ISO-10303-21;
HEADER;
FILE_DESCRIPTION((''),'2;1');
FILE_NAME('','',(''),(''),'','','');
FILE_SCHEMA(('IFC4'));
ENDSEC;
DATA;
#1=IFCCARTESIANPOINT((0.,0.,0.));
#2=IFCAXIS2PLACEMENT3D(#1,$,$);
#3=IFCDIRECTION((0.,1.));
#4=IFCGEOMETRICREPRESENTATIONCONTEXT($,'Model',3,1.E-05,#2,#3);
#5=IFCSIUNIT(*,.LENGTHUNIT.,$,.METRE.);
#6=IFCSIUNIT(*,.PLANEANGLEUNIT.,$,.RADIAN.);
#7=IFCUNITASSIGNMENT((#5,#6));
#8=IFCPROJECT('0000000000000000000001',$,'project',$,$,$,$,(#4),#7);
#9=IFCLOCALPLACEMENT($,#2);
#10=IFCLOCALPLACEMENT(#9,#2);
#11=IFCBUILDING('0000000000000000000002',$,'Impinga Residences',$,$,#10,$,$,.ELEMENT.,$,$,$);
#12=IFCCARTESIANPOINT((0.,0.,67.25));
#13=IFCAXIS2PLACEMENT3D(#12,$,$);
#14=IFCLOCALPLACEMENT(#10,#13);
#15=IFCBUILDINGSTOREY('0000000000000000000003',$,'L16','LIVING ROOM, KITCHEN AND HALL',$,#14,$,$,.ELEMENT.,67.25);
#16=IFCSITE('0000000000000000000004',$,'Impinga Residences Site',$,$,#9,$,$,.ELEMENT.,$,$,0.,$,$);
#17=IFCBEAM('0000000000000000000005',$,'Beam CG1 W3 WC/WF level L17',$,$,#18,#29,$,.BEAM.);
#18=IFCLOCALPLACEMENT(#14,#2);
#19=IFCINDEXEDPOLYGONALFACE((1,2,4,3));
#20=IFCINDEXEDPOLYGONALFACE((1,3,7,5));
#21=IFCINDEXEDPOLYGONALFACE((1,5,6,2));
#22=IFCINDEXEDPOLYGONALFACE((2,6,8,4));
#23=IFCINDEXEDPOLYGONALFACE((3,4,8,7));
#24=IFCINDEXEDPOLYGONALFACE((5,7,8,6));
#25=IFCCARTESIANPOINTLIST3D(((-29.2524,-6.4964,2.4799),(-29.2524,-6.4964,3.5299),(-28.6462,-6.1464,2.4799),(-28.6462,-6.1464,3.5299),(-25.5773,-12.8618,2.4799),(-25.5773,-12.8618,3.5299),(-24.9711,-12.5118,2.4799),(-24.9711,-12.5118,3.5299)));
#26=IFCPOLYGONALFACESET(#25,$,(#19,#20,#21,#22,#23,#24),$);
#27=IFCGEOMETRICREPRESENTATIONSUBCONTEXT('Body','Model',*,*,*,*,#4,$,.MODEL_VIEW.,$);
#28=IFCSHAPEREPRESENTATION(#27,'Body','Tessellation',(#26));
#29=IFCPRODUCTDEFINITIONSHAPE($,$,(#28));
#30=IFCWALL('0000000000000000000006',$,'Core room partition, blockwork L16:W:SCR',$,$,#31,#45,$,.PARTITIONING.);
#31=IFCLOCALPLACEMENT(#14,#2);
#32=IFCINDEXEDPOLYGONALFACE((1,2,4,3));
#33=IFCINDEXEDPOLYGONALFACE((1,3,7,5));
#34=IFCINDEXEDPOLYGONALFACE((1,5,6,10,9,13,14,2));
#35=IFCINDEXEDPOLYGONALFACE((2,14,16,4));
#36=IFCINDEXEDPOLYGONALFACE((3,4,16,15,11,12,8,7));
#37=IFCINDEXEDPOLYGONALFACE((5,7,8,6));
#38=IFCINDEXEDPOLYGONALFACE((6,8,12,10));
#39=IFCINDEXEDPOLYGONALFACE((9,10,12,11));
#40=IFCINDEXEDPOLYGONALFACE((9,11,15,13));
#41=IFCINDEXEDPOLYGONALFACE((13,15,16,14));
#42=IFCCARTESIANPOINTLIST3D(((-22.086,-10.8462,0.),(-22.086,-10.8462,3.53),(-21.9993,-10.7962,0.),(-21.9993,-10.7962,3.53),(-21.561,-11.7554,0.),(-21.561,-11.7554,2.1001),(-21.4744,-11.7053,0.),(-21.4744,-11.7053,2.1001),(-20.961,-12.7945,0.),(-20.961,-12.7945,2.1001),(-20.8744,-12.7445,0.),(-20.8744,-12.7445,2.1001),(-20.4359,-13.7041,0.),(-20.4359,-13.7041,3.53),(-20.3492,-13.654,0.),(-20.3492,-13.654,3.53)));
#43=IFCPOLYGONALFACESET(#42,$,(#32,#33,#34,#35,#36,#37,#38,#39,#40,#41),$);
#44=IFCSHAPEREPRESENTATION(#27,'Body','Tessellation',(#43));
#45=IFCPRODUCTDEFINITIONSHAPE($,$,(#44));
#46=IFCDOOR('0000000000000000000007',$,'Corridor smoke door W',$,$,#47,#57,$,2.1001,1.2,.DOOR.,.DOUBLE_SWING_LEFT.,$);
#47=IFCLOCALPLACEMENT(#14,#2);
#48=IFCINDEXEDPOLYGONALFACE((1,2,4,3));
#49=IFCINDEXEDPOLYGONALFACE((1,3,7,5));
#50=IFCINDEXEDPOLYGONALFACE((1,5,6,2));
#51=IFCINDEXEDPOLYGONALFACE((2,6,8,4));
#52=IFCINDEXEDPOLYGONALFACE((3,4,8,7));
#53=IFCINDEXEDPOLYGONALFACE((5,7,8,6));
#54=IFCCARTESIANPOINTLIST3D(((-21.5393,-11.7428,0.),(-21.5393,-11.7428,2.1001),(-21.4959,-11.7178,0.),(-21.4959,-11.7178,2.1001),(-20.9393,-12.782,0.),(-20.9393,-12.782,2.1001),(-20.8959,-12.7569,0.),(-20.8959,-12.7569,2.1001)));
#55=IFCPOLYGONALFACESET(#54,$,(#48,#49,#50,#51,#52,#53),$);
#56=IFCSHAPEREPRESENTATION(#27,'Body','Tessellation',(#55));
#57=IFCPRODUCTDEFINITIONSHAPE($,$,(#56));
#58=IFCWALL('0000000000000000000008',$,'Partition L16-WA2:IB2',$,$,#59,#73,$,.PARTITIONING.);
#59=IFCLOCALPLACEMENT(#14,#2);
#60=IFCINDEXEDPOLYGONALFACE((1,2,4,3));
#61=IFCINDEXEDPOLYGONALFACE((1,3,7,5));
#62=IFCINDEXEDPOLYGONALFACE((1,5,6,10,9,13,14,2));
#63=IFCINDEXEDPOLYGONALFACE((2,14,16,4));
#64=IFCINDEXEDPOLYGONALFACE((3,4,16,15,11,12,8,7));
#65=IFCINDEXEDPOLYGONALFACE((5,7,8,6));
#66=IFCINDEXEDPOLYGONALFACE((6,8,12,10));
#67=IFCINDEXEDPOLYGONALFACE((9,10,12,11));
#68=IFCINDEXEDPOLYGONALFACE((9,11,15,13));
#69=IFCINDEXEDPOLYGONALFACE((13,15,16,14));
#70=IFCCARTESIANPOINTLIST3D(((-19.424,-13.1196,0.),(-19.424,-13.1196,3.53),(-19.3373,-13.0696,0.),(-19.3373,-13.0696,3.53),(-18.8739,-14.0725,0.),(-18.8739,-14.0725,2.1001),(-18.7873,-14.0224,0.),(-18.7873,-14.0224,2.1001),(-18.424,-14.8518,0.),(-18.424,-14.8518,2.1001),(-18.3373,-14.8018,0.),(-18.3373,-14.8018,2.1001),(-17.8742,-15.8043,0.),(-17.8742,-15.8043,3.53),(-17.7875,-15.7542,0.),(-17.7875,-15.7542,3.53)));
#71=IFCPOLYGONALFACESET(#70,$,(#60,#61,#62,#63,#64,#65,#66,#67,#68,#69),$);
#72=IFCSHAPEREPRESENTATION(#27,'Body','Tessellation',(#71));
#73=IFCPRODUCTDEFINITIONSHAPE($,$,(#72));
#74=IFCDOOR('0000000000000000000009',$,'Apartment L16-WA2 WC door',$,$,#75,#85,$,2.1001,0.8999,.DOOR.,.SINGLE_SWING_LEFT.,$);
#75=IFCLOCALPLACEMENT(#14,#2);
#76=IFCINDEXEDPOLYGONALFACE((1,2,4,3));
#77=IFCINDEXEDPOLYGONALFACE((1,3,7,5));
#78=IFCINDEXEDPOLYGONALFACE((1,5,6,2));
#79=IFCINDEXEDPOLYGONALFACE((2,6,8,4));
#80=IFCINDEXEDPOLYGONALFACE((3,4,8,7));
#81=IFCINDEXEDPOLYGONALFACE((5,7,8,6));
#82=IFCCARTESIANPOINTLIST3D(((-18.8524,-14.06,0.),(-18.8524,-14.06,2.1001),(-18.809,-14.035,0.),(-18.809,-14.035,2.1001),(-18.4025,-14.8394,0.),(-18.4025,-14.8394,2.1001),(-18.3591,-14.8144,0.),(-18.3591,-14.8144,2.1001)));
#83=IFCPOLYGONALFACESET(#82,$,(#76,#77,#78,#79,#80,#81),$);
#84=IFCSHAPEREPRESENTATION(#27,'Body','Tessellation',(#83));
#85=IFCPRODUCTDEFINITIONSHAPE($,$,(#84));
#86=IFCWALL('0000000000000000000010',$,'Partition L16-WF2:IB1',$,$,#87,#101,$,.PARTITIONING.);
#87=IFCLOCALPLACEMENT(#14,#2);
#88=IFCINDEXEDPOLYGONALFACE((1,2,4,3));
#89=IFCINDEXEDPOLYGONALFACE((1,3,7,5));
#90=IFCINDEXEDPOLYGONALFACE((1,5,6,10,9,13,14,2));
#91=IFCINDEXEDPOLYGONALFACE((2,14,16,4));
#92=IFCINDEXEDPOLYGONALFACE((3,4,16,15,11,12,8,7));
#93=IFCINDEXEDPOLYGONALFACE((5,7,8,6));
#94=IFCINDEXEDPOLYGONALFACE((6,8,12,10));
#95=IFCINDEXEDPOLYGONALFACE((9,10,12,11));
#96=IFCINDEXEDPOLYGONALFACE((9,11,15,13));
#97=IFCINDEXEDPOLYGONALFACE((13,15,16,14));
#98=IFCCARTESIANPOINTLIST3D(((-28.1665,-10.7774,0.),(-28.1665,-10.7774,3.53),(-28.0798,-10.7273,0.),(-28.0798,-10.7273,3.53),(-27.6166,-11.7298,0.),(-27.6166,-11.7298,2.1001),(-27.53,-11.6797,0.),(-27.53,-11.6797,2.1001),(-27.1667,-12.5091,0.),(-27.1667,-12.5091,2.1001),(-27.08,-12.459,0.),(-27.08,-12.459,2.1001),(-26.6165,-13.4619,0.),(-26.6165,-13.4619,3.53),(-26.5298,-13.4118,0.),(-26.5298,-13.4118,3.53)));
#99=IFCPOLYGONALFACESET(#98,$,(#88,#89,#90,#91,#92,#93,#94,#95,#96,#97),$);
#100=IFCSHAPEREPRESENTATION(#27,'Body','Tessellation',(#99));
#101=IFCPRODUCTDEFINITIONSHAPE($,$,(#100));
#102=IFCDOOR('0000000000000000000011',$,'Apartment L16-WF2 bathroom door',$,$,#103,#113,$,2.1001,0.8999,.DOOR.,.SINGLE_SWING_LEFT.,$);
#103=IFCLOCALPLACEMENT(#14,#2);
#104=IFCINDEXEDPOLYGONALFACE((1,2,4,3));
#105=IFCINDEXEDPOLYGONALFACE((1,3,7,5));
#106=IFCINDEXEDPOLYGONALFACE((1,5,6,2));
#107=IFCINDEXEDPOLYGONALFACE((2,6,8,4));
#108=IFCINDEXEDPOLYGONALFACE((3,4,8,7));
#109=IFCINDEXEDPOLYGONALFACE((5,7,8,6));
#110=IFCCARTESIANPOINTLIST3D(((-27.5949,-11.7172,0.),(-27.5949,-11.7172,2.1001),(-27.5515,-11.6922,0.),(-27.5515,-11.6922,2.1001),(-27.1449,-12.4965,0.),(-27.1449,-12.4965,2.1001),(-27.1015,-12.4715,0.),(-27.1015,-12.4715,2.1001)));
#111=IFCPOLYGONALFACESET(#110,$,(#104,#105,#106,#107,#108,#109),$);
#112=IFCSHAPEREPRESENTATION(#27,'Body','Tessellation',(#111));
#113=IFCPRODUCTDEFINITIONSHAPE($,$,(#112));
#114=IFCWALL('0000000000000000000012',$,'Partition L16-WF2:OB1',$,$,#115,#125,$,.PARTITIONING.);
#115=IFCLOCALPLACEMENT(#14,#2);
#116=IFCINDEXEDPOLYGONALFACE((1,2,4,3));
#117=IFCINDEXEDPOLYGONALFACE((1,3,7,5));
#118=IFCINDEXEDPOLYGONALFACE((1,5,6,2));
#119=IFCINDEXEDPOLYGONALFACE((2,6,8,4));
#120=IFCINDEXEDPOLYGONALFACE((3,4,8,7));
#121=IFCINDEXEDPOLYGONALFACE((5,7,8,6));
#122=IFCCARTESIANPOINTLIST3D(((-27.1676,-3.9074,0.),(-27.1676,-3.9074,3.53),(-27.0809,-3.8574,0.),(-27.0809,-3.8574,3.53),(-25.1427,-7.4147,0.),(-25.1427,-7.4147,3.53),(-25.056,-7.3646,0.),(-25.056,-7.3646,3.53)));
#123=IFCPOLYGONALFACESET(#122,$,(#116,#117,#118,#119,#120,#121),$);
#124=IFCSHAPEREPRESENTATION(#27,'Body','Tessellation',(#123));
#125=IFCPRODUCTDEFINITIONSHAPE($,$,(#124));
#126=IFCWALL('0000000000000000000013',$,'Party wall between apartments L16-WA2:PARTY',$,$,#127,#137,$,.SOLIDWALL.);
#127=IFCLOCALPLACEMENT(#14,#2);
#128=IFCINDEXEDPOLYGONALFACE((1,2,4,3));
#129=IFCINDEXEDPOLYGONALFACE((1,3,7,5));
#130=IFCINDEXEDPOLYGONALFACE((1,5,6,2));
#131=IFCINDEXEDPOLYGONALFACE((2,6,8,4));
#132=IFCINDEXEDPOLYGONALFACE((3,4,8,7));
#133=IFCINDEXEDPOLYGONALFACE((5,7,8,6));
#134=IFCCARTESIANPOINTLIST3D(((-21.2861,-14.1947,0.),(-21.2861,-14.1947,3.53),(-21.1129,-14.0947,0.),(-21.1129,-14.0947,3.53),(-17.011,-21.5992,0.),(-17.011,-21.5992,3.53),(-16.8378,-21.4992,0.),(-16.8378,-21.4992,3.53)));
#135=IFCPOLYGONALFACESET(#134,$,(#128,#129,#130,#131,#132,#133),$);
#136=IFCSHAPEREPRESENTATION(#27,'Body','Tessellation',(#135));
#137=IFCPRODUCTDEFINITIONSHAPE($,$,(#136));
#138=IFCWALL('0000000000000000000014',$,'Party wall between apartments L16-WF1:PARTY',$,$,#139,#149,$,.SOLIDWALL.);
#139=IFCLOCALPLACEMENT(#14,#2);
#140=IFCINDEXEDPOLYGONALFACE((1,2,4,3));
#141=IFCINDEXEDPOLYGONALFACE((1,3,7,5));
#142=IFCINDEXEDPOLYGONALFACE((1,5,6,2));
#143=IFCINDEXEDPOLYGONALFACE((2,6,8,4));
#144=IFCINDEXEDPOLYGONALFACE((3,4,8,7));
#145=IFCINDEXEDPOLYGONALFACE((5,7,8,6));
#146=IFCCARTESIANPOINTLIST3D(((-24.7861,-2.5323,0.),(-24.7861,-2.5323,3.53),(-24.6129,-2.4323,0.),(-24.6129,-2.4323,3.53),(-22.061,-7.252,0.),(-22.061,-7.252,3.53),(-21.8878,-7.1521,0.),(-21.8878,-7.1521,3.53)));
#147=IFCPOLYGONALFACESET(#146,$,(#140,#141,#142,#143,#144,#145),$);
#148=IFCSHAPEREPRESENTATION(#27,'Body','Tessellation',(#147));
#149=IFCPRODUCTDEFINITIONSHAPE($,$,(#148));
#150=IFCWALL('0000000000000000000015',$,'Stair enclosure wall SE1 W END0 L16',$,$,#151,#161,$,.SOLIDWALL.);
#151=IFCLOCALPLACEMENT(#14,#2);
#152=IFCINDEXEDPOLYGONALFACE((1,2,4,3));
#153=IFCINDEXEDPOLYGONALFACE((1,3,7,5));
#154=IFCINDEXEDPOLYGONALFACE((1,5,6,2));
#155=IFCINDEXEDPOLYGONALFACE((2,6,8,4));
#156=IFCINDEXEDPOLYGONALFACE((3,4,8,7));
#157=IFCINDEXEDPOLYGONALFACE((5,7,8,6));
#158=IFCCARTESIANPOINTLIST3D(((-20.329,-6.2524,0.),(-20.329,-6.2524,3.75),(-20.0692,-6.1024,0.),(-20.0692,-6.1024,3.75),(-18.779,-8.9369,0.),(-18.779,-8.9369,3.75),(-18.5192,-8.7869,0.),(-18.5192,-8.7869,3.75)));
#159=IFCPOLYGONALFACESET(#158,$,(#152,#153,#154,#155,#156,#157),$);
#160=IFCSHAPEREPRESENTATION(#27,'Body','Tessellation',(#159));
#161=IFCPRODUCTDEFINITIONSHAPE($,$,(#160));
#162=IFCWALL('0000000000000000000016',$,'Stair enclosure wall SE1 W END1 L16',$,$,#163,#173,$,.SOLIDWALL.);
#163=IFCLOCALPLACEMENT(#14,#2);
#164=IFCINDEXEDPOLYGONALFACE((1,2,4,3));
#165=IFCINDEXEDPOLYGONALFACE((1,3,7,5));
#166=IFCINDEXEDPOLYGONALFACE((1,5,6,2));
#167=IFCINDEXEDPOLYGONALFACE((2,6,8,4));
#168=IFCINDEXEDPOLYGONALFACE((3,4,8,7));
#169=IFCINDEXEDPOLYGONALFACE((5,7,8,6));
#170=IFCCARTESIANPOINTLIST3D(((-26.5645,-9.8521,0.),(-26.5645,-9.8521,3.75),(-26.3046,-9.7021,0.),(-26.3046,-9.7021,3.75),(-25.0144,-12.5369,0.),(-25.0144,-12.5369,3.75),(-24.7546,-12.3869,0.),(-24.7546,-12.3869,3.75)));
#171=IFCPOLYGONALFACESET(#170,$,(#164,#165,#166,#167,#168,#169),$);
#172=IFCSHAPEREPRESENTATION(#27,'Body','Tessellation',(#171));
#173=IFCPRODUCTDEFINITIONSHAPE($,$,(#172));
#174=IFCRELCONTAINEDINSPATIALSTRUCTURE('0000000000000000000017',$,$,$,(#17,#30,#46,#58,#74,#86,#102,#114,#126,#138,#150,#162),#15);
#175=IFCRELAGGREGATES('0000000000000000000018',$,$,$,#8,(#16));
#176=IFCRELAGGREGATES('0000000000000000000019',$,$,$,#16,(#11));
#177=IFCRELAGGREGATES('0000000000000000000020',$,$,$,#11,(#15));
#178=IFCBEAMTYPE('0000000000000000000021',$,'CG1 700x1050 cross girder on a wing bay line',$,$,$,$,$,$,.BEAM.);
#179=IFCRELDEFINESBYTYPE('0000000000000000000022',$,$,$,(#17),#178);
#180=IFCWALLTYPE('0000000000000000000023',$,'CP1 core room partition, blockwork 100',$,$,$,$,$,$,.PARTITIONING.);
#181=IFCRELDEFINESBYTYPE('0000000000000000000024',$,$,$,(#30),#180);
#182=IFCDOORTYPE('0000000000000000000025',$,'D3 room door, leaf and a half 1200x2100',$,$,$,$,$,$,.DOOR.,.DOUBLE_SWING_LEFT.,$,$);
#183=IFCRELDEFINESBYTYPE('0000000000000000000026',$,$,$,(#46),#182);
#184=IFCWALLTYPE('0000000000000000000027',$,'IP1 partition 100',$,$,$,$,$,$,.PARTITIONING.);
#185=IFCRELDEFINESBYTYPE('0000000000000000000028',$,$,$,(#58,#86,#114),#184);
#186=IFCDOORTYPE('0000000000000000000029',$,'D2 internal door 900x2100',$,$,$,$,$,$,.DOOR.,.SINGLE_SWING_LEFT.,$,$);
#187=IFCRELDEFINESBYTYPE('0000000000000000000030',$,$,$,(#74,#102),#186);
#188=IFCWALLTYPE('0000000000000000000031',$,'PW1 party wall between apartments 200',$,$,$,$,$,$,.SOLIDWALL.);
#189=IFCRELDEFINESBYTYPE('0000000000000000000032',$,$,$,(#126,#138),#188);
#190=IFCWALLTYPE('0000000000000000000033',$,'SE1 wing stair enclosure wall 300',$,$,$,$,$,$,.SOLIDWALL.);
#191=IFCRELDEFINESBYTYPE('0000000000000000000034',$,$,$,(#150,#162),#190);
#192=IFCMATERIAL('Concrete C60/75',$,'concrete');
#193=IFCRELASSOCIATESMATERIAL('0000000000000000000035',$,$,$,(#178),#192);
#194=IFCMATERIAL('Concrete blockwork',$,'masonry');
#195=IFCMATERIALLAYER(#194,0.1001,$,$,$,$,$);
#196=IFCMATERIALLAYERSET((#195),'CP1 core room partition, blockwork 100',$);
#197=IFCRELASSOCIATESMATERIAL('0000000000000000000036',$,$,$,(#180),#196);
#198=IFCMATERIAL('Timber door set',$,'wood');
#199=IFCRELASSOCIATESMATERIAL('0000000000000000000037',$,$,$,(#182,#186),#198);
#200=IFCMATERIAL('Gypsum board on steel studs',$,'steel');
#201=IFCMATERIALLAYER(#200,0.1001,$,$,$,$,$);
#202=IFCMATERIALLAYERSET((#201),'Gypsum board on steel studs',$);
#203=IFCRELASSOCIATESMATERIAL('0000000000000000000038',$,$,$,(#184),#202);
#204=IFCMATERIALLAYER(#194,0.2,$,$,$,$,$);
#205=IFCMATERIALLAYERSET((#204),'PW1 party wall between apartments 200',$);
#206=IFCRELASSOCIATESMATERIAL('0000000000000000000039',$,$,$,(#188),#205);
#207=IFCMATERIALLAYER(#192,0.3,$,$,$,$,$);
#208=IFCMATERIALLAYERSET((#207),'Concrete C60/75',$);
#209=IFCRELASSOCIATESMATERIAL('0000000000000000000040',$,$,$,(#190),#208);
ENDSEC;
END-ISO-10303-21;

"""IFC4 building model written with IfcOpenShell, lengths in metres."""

from ifc_helpers import new_model, si_unit, direction, frame, frame_2d, origin, origin_2d, place, context, subcontext, project, spatial, rectangle, extrude, material, layer, layer_set, material_profile, profile_set, type_object, element, fill, save


model = new_model("IFC4")

# Units and contexts
model_context = context("Model", 3, precision=1e-05, world=origin(), true_north=direction((0.0, 1.0)))
body_context = subcontext(model_context, "Body", "Model", "MODEL_VIEW")
ifc_project = project(units=[si_unit("LENGTHUNIT", "METRE"), si_unit("PLANEANGLEUNIT", "RADIAN")], contexts=[model_context])

# Site, building, storey
site_placement = place(None, origin())
site = spatial("IfcSite", under=ifc_project, at=site_placement, Name="Impinga Residences Site", CompositionType="ELEMENT", RefElevation=0.0)
building_placement = place(site_placement, origin())
building = spatial("IfcBuilding", under=site, at=building_placement, Name="Impinga Residences", CompositionType="ELEMENT")
storey_placement = place(building_placement, frame((0.0, 0.0, 67.25)))
storey = spatial("IfcBuildingStorey", under=building, at=storey_placement, Name="L16", Description="LIVING ROOM, KITCHEN AND HALL", CompositionType="ELEMENT", Elevation=67.25)

# Beam
ifc_material_1 = material(Name="Concrete C60/75", Category="concrete")
ifc_material_profile = material_profile(ifc_material_1, rectangle(XDim=0.7, YDim=1.05, at=origin_2d()), Name="RC 700x1050")
ifc_profile_set = profile_set([ifc_material_profile], Name="Concrete C60/75")
beam_type = type_object("IfcBeamType", Name="CG1 700x1050 cross girder on a wing bay line", PredefinedType="BEAM", material=ifc_profile_set)
beam_placement = place(storey_placement, frame((-25.2742, -12.6868, 3.0049), z_axis=(-0.500008, 0.866021, 0.0), x_axis=(-0.866021, -0.500008, 0.0)))
element("IfcBeam", 1, at=beam_placement, inside=storey, type_object=beam_type, Name="Beam CG1 W3 WC/WF level L17", PredefinedType="BEAM", context=body_context, shape_type="SweptSolid", body=[
    extrude(rectangle(XDim=0.7, YDim=1.05, at=origin_2d()), origin(), (0.0, 0.0, 1.0), 7.3501),
])

# Walls, openings, doors
ifc_material_2 = material(Name="Concrete blockwork", Category="masonry")
ifc_layer_1 = layer(ifc_material_2, 0.1001)
ifc_layer_set_1 = layer_set([ifc_layer_1], Name="CP1 core room partition, blockwork 100")
wall_type_1 = type_object("IfcWallType", Name="CP1 core room partition, blockwork 100", PredefinedType="PARTITIONING", material=ifc_layer_set_1)
wall_1_placement = place(storey_placement, frame((-20.3926, -13.679, 0.0), z_axis=(0.0, 0.0, 1.0), x_axis=(-0.50003, 0.866008, 0.0)))
wall_1 = element("IfcWall", 2, at=wall_1_placement, inside=storey, type_object=wall_type_1, Name="Core room partition, blockwork L16:W:SCR", PredefinedType="PARTITIONING", context=body_context, shape_type="SweptSolid", body=[
    extrude(rectangle(XDim=3.3, YDim=0.1001, at=frame_2d((1.6499, 0.0))), origin(), (0.0, 0.0, 1.0), 3.53),
])
opening_1_placement = place(wall_1_placement, frame((1.05, 0.0, 0.0)))
opening_1 = element("IfcOpeningElement", 3, at=opening_1_placement, cuts=wall_1, PredefinedType="OPENING", context=body_context, shape_type="SweptSolid", body=[
    extrude(rectangle(XDim=1.2, YDim=2.1001, at=frame_2d((0.6001, 1.05))), frame((0.0, 0.0601, 0.0), z_axis=(0.0, -1.0, 0.0), x_axis=(1.0, 0.0, 0.0)), (0.0, 0.0, 1.0), 0.1201),
])
ifc_material_3 = material(Name="Timber door set", Category="wood")
door_type_1 = type_object("IfcDoorType", Name="D3 room door, leaf and a half 1200x2100", OperationType="DOUBLE_SWING_LEFT", PredefinedType="DOOR", material=ifc_material_3)
door_1_placement = place(opening_1_placement, origin())
door_1 = element("IfcDoor", 4, at=door_1_placement, inside=storey, type_object=door_type_1, Name="Corridor smoke door W", OperationType="DOUBLE_SWING_LEFT", OverallHeight=2.1001, OverallWidth=1.2, PredefinedType="DOOR", context=body_context, shape_type="SweptSolid", body=[
    extrude(rectangle(XDim=1.2, YDim=2.1001, at=frame_2d((0.6001, 1.05))), frame((0.0, 0.0249, 0.0), z_axis=(0.0, -1.0, 0.0), x_axis=(1.0, 0.0, 0.0)), (0.0, 0.0, 1.0), 0.05),
])
fill(opening_1, door_1)
ifc_material_4 = material(Name="Gypsum board on steel studs", Category="steel")
ifc_layer_2 = layer(ifc_material_4, 0.1001)
ifc_layer_set_2 = layer_set([ifc_layer_2], Name="Gypsum board on steel studs")
wall_type_2 = type_object("IfcWallType", Name="IP1 partition 100", PredefinedType="PARTITIONING", material=ifc_layer_set_2)
wall_2_placement = place(storey_placement, frame((-19.3806, -13.0947, 0.0), z_axis=(0.0, 0.0, 1.0), x_axis=(0.499968, -0.866044, 0.0)))
wall_2 = element("IfcWall", 5, at=wall_2_placement, inside=storey, type_object=wall_type_2, Name="Partition L16-WA2:IB2", PredefinedType="PARTITIONING", context=body_context, shape_type="SweptSolid", body=[
    extrude(rectangle(XDim=3.0999, YDim=0.1001, at=frame_2d((1.5498, 0.0))), origin(), (0.0, 0.0, 1.0), 3.53),
])
opening_2_placement = place(wall_2_placement, frame((1.1001, 0.0, 0.0)))
opening_2 = element("IfcOpeningElement", 6, at=opening_2_placement, cuts=wall_2, PredefinedType="OPENING", context=body_context, shape_type="SweptSolid", body=[
    extrude(rectangle(XDim=0.8999, YDim=2.1001, at=frame_2d((0.45, 1.05))), frame((0.0, 0.0601, 0.0), z_axis=(0.0, -1.0, 0.0), x_axis=(1.0, 0.0, 0.0)), (0.0, 0.0, 1.0), 0.1201),
])
door_type_2 = type_object("IfcDoorType", Name="D2 internal door 900x2100", OperationType="SINGLE_SWING_LEFT", PredefinedType="DOOR", material=ifc_material_3)
door_2_placement = place(opening_2_placement, origin())
door_2 = element("IfcDoor", 7, at=door_2_placement, inside=storey, type_object=door_type_2, Name="Apartment L16-WA2 WC door", OperationType="SINGLE_SWING_LEFT", OverallHeight=2.1001, OverallWidth=0.8999, PredefinedType="DOOR", context=body_context, shape_type="SweptSolid", body=[
    extrude(rectangle(XDim=0.8999, YDim=2.1001, at=frame_2d((0.45, 1.05))), frame((0.0, 0.0249, 0.0), z_axis=(0.0, -1.0, 0.0), x_axis=(1.0, 0.0, 0.0)), (0.0, 0.0, 1.0), 0.05),
])
fill(opening_2, door_2)
wall_3_placement = place(storey_placement, frame((-26.5732, -13.4368, 0.0), z_axis=(0.0, 0.0, 1.0), x_axis=(-0.500027, 0.86601, 0.0)))
wall_3 = element("IfcWall", 8, at=wall_3_placement, inside=storey, type_object=wall_type_2, Name="Partition L16-WF2:IB1", PredefinedType="PARTITIONING", context=body_context, shape_type="SweptSolid", body=[
    extrude(rectangle(XDim=3.0999, YDim=0.1001, at=frame_2d((1.5498, 0.0))), origin(), (0.0, 0.0, 1.0), 3.53),
])
opening_3_placement = place(wall_3_placement, frame((1.1001, 0.0, 0.0)))
opening_3 = element("IfcOpeningElement", 9, at=opening_3_placement, cuts=wall_3, PredefinedType="OPENING", context=body_context, shape_type="SweptSolid", body=[
    extrude(rectangle(XDim=0.8999, YDim=2.1001, at=frame_2d((0.45, 1.05))), frame((0.0, 0.0601, 0.0), z_axis=(0.0, -1.0, 0.0), x_axis=(1.0, 0.0, 0.0)), (0.0, 0.0, 1.0), 0.1201),
])
door_3_placement = place(opening_3_placement, origin())
door_3 = element("IfcDoor", 10, at=door_3_placement, inside=storey, type_object=door_type_2, Name="Apartment L16-WF2 bathroom door", OperationType="SINGLE_SWING_LEFT", OverallHeight=2.1001, OverallWidth=0.8999, PredefinedType="DOOR", context=body_context, shape_type="SweptSolid", body=[
    extrude(rectangle(XDim=0.8999, YDim=2.1001, at=frame_2d((0.45, 1.05))), frame((0.0, 0.0249, 0.0), z_axis=(0.0, -1.0, 0.0), x_axis=(1.0, 0.0, 0.0)), (0.0, 0.0, 1.0), 0.05),
])
fill(opening_3, door_3)

# Walls
wall_4_placement = place(storey_placement, frame((-25.0994, -7.3896, 0.0), z_axis=(0.0, 0.0, 1.0), x_axis=(-0.49999, 0.866031, 0.0)))
element("IfcWall", 11, at=wall_4_placement, inside=storey, type_object=wall_type_2, Name="Partition L16-WF2:OB1", PredefinedType="PARTITIONING", context=body_context, shape_type="SweptSolid", body=[
    extrude(rectangle(XDim=4.0498, YDim=0.1001, at=frame_2d((2.0249, 0.0))), origin(), (0.0, 0.0, 1.0), 3.53),
])
ifc_layer_3 = layer(ifc_material_2, 0.2)
ifc_layer_set_3 = layer_set([ifc_layer_3], Name="PW1 party wall between apartments 200")
wall_type_3 = type_object("IfcWallType", Name="PW1 party wall between apartments 200", PredefinedType="SOLIDWALL", material=ifc_layer_set_3)
wall_5_placement = place(storey_placement, frame((-21.1995, -14.1448, 0.0), z_axis=(0.0, 0.0, 1.0), x_axis=(0.500012, -0.866019, 0.0)))
element("IfcWall", 12, at=wall_5_placement, inside=storey, type_object=wall_type_3, Name="Party wall between apartments L16-WA2:PARTY", PredefinedType="SOLIDWALL", context=body_context, shape_type="SweptSolid", body=[
    extrude(rectangle(XDim=8.55, YDim=0.2, at=frame_2d((4.2749, 0.0))), origin(), (0.0, 0.0, 1.0), 3.53),
])
wall_6_placement = place(storey_placement, frame((-21.9744, -7.2021, 0.0), z_axis=(0.0, 0.0, 1.0), x_axis=(-0.500022, 0.866013, 0.0)))
element("IfcWall", 13, at=wall_6_placement, inside=storey, type_object=wall_type_3, Name="Party wall between apartments L16-WF1:PARTY", PredefinedType="SOLIDWALL", context=body_context, shape_type="SweptSolid", body=[
    extrude(rectangle(XDim=5.45, YDim=0.2, at=frame_2d((2.7251, 0.0))), origin(), (0.0, 0.0, 1.0), 3.53),
])
ifc_layer_4 = layer(ifc_material_1, 0.3)
ifc_layer_set_4 = layer_set([ifc_layer_4], Name="Concrete C60/75")
wall_type_4 = type_object("IfcWallType", Name="SE1 wing stair enclosure wall 300", PredefinedType="SOLIDWALL", material=ifc_layer_set_4)
wall_7_placement = place(storey_placement, frame((-18.6492, -8.8618, 0.0), z_axis=(0.0, 0.0, 1.0), x_axis=(-0.500027, 0.86601, 0.0)))
element("IfcWall", 14, at=wall_7_placement, inside=storey, type_object=wall_type_4, Name="Stair enclosure wall SE1 W END0 L16", PredefinedType="SOLIDWALL", context=body_context, shape_type="SweptSolid", body=[
    extrude(rectangle(XDim=3.0999, YDim=0.3, at=frame_2d((1.5498, 0.0))), origin(), (0.0, 0.0, 1.0), 3.75),
])
wall_8_placement = place(storey_placement, frame((-24.8845, -12.4619, 0.0), z_axis=(0.0, 0.0, 1.0), x_axis=(-0.499993, 0.86603, 0.0)))
element("IfcWall", 15, at=wall_8_placement, inside=storey, type_object=wall_type_4, Name="Stair enclosure wall SE1 W END1 L16", PredefinedType="SOLIDWALL", context=body_context, shape_type="SweptSolid", body=[
    extrude(rectangle(XDim=3.1001, YDim=0.3, at=frame_2d((1.55, 0.0))), origin(), (0.0, 0.0, 1.0), 3.75),
])

save(model, "model.ifc")
